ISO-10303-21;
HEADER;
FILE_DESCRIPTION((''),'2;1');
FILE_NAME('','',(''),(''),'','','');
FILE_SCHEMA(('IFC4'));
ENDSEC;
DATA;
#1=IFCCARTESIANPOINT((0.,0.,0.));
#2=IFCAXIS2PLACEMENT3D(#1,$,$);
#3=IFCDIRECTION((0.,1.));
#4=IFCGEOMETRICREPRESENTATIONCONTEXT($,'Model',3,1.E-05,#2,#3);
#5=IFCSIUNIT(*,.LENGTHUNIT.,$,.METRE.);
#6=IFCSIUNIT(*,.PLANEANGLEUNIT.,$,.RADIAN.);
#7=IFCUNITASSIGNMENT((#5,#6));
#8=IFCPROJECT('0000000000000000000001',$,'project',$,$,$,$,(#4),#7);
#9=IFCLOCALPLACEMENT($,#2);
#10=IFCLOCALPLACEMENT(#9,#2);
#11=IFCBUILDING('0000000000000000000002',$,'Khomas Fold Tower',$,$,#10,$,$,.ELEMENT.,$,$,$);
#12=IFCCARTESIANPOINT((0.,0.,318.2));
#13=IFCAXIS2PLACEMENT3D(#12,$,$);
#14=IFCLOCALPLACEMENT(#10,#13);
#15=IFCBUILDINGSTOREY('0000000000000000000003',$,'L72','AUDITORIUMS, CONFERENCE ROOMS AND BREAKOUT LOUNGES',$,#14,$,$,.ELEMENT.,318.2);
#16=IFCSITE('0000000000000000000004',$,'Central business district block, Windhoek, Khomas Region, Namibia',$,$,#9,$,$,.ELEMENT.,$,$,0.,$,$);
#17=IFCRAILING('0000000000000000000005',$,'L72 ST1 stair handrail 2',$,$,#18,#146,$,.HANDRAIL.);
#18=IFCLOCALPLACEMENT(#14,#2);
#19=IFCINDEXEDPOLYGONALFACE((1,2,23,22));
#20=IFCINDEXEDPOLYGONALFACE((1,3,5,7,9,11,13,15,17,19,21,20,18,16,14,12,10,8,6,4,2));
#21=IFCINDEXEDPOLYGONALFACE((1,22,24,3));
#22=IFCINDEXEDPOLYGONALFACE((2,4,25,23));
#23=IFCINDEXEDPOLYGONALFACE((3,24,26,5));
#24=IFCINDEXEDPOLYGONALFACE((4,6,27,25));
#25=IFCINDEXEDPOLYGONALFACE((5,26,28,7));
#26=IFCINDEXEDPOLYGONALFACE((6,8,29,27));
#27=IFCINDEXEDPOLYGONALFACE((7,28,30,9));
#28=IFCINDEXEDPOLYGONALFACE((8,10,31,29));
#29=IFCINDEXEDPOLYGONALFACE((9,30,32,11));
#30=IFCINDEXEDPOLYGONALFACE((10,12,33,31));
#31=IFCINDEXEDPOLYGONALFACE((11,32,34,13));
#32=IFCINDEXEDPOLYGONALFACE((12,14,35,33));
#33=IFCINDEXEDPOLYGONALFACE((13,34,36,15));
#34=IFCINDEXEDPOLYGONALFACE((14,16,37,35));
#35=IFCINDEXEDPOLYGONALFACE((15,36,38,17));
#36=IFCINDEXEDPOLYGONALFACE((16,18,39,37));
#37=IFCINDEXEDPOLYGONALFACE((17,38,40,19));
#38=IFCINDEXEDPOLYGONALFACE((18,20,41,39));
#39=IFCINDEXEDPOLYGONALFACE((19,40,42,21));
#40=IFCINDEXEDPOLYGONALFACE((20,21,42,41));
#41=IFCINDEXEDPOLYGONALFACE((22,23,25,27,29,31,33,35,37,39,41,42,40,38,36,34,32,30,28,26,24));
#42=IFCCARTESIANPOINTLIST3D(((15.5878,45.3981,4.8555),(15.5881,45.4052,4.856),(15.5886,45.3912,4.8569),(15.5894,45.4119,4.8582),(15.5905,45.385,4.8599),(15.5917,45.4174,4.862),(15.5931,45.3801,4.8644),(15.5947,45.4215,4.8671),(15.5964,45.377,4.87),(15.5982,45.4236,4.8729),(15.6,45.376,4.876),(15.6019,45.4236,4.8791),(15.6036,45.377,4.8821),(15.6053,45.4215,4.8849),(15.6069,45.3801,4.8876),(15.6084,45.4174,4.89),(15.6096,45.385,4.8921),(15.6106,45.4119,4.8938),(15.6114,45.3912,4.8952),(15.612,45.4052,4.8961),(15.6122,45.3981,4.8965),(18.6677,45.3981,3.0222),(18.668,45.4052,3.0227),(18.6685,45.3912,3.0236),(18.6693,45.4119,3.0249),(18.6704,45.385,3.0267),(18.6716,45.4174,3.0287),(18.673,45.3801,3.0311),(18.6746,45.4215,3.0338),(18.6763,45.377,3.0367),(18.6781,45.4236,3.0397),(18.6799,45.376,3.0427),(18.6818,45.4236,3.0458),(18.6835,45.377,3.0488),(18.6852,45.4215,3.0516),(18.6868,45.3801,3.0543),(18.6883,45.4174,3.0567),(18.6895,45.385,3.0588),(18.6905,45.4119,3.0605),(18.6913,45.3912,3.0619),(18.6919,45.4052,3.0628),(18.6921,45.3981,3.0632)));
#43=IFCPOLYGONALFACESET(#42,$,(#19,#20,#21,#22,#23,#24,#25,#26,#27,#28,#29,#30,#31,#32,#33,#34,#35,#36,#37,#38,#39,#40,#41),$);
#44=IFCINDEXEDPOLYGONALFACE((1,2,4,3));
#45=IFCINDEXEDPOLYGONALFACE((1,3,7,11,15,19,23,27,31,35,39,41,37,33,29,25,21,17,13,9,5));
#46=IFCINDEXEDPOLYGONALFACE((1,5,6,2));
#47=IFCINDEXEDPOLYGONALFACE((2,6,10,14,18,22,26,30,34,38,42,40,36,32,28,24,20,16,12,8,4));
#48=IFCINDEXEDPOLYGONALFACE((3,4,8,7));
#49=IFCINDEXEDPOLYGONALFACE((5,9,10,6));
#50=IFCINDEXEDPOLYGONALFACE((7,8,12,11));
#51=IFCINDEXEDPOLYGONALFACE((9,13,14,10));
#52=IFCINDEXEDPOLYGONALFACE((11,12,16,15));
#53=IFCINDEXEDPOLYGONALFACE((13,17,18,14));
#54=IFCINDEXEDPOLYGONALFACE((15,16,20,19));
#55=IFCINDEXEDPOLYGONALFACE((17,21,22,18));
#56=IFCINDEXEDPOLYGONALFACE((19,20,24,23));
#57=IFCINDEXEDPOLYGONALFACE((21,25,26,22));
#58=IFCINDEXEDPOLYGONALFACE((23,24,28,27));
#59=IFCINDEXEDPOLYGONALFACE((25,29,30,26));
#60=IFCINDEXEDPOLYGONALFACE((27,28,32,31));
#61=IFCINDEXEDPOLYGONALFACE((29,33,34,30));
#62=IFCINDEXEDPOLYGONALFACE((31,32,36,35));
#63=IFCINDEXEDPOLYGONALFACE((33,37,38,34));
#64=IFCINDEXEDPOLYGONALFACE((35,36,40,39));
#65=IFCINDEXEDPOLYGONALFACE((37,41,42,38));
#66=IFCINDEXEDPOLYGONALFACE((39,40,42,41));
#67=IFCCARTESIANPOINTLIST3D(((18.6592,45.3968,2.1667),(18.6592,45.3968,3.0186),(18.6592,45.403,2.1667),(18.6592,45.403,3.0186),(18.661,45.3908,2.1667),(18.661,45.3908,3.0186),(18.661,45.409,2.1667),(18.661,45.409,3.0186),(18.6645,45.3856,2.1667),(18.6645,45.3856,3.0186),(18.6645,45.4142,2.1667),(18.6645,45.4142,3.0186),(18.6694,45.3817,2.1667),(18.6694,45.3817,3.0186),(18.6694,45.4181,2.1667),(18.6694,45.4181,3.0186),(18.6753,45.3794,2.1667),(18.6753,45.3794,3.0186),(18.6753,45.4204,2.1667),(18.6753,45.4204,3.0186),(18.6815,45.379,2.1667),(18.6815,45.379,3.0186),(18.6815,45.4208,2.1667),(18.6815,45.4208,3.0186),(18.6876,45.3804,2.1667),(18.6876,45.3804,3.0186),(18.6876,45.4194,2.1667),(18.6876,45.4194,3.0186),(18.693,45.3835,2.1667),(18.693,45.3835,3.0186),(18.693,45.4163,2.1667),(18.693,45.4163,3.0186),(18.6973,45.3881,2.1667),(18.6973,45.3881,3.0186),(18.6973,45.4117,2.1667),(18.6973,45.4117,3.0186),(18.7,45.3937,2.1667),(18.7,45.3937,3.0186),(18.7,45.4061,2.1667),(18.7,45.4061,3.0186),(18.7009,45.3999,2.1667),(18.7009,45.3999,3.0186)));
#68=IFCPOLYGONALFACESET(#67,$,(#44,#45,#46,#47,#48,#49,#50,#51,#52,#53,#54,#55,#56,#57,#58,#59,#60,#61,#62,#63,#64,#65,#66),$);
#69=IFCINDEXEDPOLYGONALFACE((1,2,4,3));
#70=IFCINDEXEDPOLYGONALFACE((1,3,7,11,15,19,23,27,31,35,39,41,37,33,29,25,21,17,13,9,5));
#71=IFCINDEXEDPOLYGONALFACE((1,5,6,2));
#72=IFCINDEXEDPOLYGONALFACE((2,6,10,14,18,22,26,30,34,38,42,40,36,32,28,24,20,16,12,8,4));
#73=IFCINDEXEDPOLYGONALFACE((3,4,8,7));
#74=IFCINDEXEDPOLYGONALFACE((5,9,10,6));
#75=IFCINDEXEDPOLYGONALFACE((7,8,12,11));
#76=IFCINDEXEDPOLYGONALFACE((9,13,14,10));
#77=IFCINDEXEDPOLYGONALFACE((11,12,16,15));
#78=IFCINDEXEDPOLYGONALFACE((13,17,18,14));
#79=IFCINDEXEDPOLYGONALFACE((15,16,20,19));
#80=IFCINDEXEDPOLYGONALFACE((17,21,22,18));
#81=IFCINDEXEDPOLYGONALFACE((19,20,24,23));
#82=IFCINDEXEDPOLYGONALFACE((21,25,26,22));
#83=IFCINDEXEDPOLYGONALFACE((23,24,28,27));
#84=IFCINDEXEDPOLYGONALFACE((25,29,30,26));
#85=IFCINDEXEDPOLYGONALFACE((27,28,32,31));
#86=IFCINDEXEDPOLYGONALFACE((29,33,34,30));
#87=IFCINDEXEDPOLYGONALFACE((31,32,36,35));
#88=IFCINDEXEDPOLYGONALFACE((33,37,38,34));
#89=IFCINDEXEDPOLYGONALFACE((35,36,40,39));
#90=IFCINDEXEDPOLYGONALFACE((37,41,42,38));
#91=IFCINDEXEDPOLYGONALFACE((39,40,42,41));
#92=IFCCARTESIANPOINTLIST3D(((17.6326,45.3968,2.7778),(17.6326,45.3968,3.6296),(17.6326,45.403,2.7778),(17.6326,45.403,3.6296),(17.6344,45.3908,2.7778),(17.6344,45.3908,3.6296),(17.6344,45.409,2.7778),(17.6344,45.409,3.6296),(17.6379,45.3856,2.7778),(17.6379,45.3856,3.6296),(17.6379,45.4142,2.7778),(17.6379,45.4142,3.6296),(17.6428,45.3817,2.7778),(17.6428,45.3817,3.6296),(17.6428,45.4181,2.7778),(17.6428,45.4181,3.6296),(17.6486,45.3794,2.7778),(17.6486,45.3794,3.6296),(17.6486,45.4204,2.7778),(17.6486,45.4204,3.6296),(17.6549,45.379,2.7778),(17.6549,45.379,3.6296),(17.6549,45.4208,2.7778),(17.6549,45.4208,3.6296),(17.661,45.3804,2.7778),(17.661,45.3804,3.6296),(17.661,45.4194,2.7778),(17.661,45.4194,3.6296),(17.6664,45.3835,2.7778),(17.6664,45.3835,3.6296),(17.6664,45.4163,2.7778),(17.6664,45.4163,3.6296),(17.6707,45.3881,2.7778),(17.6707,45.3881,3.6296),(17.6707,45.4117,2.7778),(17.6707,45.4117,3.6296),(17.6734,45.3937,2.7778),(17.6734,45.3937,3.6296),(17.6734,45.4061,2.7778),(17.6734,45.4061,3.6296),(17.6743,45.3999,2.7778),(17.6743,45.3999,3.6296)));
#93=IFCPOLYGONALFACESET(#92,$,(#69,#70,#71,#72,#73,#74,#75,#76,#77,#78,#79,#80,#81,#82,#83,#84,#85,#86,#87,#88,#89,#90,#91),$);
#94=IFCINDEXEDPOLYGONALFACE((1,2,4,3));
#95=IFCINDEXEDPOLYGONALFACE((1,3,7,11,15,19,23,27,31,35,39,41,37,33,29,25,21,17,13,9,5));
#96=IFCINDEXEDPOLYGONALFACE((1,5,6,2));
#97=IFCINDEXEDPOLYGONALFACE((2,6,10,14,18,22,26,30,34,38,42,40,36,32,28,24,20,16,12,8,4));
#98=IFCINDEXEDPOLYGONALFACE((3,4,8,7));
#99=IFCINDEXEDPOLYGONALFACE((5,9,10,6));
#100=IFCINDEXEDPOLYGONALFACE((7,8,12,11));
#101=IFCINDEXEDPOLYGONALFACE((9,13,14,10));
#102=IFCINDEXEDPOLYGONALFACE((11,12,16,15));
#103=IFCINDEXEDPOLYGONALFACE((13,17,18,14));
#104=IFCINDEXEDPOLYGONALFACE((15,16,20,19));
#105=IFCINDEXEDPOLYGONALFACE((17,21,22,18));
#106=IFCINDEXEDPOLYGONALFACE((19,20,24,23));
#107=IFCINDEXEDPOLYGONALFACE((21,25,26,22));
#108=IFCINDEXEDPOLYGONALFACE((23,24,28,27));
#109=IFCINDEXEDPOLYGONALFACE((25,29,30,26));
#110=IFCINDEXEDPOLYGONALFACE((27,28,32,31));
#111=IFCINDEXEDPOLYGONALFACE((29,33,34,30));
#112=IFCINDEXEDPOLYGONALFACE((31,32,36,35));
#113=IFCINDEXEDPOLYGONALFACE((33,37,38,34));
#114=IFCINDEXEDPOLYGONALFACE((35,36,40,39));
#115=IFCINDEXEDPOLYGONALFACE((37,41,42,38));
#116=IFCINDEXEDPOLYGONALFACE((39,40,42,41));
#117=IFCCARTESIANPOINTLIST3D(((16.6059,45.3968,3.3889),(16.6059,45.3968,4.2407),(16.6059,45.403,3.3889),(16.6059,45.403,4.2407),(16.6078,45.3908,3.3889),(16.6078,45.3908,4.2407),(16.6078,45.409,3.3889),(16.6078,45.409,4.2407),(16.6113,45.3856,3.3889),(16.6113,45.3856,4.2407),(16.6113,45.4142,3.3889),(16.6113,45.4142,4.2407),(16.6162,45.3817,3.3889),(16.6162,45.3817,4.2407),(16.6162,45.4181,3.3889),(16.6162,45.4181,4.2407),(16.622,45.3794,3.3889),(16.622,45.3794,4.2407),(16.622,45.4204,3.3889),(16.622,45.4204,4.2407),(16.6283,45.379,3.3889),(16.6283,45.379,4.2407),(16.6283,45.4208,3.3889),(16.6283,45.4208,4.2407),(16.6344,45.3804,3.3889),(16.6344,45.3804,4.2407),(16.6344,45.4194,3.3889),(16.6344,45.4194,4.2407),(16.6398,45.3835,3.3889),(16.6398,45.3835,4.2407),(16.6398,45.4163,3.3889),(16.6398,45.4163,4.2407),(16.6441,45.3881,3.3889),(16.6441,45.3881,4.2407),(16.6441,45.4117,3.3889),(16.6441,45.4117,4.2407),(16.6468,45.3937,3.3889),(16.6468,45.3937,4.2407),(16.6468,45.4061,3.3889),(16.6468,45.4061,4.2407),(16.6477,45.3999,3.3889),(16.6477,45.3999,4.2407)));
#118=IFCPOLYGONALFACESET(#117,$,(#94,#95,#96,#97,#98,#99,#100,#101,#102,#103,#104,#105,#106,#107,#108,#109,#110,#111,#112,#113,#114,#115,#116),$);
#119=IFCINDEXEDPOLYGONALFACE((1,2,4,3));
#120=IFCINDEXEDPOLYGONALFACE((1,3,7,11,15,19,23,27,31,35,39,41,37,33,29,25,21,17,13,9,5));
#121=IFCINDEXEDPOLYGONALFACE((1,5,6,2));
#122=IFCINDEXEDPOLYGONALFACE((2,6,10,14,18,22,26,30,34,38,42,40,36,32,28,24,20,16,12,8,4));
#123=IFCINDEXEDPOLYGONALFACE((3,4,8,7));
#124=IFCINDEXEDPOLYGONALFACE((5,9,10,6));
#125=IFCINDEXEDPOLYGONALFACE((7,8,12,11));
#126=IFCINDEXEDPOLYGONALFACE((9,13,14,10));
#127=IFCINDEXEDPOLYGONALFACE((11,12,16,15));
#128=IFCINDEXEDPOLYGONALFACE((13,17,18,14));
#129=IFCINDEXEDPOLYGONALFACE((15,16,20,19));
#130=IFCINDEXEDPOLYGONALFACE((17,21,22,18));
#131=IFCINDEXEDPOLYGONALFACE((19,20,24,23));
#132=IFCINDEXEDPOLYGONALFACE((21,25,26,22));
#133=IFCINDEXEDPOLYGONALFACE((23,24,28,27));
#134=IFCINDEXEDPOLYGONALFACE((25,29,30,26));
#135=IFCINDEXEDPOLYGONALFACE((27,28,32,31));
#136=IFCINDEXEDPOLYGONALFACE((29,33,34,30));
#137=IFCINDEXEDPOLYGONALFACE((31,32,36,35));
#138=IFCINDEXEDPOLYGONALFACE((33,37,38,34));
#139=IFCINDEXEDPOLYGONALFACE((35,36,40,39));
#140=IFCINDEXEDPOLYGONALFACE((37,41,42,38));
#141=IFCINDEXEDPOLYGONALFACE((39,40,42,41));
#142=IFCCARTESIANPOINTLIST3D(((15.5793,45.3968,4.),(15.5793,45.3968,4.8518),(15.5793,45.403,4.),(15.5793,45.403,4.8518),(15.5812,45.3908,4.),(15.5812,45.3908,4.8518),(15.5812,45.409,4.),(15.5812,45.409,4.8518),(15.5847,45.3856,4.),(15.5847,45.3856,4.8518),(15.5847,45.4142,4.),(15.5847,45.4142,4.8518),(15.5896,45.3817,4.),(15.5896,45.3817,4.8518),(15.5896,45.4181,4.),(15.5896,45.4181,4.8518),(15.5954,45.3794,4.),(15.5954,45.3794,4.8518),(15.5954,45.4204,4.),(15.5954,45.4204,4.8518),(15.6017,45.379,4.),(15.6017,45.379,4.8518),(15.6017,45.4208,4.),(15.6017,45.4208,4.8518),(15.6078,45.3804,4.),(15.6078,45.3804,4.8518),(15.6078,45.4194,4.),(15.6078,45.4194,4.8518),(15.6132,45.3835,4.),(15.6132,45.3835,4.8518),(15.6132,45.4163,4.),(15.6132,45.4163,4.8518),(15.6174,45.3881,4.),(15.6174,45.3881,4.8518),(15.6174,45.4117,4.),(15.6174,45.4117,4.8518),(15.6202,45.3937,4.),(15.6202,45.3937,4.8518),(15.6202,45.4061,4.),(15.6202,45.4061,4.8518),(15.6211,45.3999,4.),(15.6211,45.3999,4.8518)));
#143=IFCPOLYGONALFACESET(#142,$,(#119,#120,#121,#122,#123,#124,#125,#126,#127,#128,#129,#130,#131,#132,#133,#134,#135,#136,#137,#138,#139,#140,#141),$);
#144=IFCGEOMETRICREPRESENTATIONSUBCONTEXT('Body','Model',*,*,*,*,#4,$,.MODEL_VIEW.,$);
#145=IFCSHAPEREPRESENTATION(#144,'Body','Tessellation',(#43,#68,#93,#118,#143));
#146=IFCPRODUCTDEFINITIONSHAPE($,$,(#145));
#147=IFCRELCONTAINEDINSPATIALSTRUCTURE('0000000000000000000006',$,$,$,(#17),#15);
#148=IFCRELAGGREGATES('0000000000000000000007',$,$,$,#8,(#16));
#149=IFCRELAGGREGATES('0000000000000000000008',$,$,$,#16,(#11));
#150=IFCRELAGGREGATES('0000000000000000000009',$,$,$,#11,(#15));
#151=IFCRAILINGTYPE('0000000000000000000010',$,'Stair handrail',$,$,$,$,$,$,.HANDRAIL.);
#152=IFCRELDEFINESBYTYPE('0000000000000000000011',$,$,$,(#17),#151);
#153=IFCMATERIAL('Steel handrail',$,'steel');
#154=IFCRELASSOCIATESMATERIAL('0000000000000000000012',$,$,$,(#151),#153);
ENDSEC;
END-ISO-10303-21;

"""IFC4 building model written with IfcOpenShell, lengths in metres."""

from ifc_helpers import new_model, si_unit, direction, frame, origin, origin_2d, place, context, subcontext, project, spatial, circle, extrude, source, transform, mapped, material, type_object, element, save


model = new_model("IFC4")

# Units and contexts
model_context = context("Model", 3, precision=1e-05, world=origin(), true_north=direction((0.0, 1.0)))
body_context = subcontext(model_context, "Body", "Model", "MODEL_VIEW")
ifc_project = project(units=[si_unit("LENGTHUNIT", "METRE"), si_unit("PLANEANGLEUNIT", "RADIAN")], contexts=[model_context])

# Site, building, storey
site_placement = place(None, origin())
site = spatial("IfcSite", under=ifc_project, at=site_placement, Name="Central business district block, Windhoek, Khomas Region, Namibia", CompositionType="ELEMENT", RefElevation=0.0)
building_placement = place(site_placement, origin())
building = spatial("IfcBuilding", under=site, at=building_placement, Name="Khomas Fold Tower", CompositionType="ELEMENT")
storey_placement = place(building_placement, frame((0.0, 0.0, 318.2)))
storey = spatial("IfcBuildingStorey", under=building, at=storey_placement, Name="L72", Description="AUDITORIUMS, CONFERENCE ROOMS AND BREAKOUT LOUNGES", CompositionType="ELEMENT", Elevation=318.2)

# Railing
ifc_material_1 = material(Name="Steel handrail", Category="steel")
railing_type_1 = type_object("IfcRailingType", Name="Stair handrail", PredefinedType="HANDRAIL", material=ifc_material_1)
shared_shape_1 = source(origin(), body_context, "Body", "SweptSolid", [
    extrude(circle(Radius=0.0239, at=origin_2d()), frame((0.0, 0.0, 0.876), z_axis=(-0.859291, 0.0, 0.511487), x_axis=(0.0, -1.0, 0.0)), (0.0, 0.0, 1.0), 3.5842),
    extrude(circle(Radius=0.021, at=origin_2d()), origin(), (0.0, 0.0, 1.0), 0.8518),
    extrude(circle(Radius=0.021, at=origin_2d()), frame((-1.0266, 0.0, 0.6111)), (0.0, 0.0, 1.0), 0.8518),
    extrude(circle(Radius=0.021, at=origin_2d()), frame((-2.0532, 0.0, 1.2222)), (0.0, 0.0, 1.0), 0.8518),
    extrude(circle(Radius=0.021, at=origin_2d()), frame((-3.0798, 0.0, 1.8333)), (0.0, 0.0, 1.0), 0.8518),
])
railing_1_placement = place(storey_placement, frame((18.6799, 45.3999, 2.1667)))
element("IfcRailing", 1, at=railing_1_placement, inside=storey, type_object=railing_type_1, Name="L72 ST1 stair handrail 2", PredefinedType="HANDRAIL", context=body_context, shape_type="MappedRepresentation", body=[
    mapped(shared_shape_1, transform((0.0, 0.0, 0.0))),
])

save(model, "model.ifc")
